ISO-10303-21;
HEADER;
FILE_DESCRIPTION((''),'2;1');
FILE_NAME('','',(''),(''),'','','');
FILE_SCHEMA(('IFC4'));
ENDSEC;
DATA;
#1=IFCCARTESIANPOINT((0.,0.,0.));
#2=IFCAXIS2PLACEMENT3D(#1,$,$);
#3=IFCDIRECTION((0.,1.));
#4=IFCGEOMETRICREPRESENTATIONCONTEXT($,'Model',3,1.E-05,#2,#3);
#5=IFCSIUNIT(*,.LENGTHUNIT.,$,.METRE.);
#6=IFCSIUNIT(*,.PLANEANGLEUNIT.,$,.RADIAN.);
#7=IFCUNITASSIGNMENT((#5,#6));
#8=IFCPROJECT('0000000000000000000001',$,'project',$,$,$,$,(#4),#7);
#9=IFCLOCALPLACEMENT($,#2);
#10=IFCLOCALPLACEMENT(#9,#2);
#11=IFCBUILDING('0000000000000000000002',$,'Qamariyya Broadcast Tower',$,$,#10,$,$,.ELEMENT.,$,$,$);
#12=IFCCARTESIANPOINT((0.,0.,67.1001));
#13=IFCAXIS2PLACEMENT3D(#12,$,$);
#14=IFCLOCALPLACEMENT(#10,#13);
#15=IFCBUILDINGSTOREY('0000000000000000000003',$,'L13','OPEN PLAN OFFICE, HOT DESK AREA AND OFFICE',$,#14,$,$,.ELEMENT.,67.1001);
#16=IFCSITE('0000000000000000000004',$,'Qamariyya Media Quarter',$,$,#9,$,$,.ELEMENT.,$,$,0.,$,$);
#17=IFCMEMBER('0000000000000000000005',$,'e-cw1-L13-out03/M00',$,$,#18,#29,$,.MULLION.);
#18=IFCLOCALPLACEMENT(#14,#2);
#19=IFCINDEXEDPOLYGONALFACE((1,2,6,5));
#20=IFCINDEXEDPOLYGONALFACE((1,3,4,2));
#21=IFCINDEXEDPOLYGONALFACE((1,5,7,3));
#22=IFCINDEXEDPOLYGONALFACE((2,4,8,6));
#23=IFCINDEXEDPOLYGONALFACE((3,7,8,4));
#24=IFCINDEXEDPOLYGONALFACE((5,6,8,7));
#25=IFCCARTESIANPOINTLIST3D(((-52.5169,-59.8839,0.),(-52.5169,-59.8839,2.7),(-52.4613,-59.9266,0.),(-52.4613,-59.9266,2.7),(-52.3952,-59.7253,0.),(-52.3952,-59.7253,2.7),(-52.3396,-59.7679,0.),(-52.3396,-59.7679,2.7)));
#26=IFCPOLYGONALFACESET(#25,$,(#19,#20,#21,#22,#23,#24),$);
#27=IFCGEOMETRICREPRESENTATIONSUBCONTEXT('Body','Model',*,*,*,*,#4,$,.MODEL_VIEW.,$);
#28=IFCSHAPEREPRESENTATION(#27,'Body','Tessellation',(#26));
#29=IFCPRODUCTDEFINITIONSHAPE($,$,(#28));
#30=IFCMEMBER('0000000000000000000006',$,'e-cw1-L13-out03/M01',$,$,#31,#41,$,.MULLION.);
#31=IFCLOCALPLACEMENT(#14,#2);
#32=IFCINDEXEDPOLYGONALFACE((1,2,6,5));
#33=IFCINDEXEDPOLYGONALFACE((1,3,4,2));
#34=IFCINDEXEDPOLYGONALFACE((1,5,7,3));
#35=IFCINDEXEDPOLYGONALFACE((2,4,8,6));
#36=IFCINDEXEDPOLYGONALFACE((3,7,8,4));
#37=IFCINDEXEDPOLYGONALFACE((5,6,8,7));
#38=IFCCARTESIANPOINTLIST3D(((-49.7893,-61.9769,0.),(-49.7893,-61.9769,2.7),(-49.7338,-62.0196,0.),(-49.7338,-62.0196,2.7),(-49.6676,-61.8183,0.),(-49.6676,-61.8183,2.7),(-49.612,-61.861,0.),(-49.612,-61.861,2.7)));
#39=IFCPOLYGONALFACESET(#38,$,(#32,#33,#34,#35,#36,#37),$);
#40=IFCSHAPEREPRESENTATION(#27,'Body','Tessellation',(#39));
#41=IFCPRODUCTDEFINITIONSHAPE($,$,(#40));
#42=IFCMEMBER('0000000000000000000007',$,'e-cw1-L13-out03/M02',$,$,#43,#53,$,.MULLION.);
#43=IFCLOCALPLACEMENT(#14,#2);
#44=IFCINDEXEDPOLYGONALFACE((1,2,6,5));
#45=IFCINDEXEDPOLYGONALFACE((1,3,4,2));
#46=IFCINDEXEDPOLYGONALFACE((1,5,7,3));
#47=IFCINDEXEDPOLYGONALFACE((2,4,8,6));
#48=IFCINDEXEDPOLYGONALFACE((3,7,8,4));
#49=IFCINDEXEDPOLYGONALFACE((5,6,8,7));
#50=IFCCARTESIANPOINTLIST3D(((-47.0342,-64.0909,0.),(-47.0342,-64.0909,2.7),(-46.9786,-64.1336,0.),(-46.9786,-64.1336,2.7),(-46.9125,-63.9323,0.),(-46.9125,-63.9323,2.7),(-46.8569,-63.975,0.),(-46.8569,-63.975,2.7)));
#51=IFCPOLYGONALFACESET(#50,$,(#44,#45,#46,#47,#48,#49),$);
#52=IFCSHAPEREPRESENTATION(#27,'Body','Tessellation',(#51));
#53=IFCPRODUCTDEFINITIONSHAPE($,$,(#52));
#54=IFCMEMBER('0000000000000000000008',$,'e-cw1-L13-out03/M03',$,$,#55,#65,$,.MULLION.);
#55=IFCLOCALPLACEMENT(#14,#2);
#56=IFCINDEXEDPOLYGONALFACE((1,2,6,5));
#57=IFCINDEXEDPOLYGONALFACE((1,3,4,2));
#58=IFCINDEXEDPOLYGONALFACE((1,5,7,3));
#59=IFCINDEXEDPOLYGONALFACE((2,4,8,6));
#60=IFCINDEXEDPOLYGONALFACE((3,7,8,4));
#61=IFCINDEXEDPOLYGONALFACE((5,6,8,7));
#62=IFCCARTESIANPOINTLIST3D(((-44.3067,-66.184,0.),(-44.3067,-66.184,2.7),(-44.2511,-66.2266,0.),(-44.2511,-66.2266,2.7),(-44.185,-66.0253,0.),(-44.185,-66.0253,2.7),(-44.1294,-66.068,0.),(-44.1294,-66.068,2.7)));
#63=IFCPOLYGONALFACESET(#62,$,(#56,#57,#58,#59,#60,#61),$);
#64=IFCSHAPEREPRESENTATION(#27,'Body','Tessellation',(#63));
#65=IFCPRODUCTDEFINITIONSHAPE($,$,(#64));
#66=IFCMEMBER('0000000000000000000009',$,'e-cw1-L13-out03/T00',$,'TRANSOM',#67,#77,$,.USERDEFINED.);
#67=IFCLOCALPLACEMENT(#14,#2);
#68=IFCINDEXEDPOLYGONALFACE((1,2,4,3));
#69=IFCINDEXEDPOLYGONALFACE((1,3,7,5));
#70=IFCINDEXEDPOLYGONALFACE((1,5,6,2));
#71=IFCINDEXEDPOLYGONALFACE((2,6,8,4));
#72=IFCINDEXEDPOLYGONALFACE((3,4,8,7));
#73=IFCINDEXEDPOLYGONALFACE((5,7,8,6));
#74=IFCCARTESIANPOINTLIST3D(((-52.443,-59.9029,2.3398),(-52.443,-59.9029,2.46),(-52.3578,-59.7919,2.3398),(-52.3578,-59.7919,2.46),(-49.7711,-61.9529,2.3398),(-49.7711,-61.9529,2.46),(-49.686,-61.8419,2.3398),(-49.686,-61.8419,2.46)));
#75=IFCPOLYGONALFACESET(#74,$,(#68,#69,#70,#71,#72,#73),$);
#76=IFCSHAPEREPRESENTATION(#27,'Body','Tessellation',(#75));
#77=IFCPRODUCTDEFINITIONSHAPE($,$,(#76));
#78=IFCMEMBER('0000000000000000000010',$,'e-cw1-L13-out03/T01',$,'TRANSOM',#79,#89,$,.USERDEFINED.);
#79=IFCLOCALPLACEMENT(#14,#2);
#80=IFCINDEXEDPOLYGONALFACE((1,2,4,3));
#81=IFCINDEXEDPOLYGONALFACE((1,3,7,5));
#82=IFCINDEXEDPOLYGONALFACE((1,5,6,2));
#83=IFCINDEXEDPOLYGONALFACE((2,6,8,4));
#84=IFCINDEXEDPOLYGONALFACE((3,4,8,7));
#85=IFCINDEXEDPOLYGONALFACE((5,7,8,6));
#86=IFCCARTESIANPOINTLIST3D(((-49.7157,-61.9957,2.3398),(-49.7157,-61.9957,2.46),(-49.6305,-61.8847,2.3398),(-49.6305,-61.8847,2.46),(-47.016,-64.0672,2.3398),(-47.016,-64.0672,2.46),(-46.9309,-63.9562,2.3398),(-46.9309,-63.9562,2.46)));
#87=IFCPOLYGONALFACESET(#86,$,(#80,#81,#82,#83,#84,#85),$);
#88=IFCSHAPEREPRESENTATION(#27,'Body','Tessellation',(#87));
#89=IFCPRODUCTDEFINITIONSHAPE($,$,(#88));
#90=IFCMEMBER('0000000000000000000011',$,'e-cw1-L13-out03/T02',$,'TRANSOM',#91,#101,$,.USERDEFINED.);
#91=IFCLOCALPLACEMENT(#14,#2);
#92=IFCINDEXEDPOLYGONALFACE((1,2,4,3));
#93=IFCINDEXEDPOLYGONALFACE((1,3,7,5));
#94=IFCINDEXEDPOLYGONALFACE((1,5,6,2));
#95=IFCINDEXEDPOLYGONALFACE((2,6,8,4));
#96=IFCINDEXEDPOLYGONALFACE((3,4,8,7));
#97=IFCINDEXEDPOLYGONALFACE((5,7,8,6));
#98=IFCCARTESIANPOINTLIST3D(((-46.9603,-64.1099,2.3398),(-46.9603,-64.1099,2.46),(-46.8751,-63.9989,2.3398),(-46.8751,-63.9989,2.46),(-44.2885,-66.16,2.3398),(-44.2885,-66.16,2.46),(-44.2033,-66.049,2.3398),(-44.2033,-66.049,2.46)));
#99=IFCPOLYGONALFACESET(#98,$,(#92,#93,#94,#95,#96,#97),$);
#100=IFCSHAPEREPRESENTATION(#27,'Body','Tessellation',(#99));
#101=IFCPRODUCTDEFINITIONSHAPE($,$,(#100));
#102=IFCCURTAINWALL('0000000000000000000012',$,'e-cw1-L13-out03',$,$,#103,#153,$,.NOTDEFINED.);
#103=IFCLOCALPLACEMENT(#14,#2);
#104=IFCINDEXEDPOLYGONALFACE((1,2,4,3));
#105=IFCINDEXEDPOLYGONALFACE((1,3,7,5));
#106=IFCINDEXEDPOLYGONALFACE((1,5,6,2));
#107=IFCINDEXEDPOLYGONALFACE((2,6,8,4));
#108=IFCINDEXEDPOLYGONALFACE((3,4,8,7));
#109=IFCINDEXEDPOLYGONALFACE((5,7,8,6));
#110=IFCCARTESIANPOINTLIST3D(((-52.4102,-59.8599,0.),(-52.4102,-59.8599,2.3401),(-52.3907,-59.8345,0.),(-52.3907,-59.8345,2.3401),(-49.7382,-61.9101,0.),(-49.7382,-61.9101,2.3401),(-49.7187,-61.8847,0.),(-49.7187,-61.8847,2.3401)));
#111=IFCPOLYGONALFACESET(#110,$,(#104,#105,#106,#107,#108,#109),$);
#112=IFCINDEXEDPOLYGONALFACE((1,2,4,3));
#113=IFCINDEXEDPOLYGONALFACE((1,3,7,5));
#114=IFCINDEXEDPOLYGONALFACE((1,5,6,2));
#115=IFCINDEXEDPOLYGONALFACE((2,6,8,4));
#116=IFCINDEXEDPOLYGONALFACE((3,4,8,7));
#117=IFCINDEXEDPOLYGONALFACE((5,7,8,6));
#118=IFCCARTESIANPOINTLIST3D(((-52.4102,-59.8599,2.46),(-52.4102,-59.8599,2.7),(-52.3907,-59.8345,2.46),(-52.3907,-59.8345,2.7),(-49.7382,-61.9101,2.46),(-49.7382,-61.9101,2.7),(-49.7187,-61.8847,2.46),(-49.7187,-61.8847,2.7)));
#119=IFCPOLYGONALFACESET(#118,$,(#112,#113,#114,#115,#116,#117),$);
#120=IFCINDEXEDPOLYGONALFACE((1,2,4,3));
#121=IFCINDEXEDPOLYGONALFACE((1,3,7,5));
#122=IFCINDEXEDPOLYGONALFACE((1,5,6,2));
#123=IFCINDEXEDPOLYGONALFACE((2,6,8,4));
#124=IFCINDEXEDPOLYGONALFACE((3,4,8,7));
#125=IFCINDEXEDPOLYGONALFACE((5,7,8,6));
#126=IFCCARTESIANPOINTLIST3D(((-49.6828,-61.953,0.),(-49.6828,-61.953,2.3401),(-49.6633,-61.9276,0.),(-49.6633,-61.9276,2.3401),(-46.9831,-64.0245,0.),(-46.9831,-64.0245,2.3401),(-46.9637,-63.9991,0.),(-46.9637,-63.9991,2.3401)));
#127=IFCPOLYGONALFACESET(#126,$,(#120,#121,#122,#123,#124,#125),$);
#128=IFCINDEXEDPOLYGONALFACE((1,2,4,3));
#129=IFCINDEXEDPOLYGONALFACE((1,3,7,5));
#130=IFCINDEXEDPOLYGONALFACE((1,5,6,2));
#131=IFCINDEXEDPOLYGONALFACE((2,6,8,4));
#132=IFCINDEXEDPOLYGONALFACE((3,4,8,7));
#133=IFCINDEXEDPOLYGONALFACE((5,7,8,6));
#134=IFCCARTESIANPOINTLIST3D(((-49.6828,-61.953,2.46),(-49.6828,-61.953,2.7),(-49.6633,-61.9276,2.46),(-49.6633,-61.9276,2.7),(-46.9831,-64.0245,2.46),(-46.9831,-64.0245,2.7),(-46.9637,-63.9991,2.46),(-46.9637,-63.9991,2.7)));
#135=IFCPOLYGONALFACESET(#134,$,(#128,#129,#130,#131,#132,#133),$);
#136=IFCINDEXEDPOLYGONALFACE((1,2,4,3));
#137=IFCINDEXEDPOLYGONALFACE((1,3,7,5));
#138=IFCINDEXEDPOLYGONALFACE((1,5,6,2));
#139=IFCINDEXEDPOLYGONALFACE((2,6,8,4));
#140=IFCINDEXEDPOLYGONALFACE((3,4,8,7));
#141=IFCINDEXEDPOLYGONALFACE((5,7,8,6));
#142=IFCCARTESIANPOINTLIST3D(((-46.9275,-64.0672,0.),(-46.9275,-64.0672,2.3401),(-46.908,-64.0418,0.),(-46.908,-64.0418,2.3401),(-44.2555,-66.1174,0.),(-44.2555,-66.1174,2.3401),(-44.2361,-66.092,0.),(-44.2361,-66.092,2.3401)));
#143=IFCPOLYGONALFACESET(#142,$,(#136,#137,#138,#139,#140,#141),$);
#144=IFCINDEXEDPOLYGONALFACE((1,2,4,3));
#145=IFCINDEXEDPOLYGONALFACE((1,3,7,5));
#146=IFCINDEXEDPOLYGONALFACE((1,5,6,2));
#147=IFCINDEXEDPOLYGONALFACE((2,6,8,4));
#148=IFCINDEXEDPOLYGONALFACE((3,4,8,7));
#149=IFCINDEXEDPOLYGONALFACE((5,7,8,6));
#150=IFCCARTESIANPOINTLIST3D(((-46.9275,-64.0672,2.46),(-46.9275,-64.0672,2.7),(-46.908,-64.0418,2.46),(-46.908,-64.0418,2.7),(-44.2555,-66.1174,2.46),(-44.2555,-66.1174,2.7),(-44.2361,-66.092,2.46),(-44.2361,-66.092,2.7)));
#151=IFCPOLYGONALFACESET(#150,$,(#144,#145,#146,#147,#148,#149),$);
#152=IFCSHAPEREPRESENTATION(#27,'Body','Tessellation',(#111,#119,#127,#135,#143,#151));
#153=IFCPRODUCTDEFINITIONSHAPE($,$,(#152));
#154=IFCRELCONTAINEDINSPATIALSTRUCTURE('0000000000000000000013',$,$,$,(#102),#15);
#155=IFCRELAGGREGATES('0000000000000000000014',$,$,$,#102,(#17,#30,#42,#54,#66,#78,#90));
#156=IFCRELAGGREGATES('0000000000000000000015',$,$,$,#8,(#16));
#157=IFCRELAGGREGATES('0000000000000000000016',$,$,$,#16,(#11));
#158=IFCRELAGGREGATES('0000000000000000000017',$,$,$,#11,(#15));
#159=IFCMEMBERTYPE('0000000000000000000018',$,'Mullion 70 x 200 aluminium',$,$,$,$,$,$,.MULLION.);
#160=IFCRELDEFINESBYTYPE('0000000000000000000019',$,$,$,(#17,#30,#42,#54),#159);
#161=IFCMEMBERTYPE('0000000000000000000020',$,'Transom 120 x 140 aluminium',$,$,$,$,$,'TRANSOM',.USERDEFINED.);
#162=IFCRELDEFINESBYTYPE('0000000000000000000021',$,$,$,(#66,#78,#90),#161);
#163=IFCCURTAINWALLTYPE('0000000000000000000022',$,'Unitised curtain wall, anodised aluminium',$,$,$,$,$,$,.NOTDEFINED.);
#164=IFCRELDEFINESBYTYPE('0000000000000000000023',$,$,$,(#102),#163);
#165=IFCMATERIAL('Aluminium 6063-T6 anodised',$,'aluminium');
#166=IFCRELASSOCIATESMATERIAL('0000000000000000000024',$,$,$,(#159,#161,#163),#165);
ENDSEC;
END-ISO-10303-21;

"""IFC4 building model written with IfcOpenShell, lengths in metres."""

from ifc_helpers import new_model, si_unit, direction, frame, origin, origin_2d, place, context, subcontext, project, spatial, rectangle, extrude, material, material_profile, profile_set, type_object, element, aggregate, save


model = new_model("IFC4")

# Units and contexts
model_context = context("Model", 3, precision=1e-05, world=origin(), true_north=direction((0.0, 1.0)))
body_context = subcontext(model_context, "Body", "Model", "MODEL_VIEW")
ifc_project = project(units=[si_unit("LENGTHUNIT", "METRE"), si_unit("PLANEANGLEUNIT", "RADIAN")], contexts=[model_context])

# Members
ifc_material = material(Name="Aluminium 6063-T6 anodised", Category="aluminium")
ifc_material_profile_1 = material_profile(ifc_material, rectangle(XDim=0.2, YDim=0.0701, at=origin_2d()))
ifc_profile_set_1 = profile_set([ifc_material_profile_1], Name="Aluminium 6063-T6 anodised")
member_type_1 = type_object("IfcMemberType", Name="Mullion 70 x 200 aluminium", PredefinedType="MULLION", material=ifc_profile_set_1)
site_placement = place(None, origin())
building_placement = place(site_placement, origin())
storey_placement = place(building_placement, frame((0.0, 0.0, 67.1001)))
member_1_placement = place(storey_placement, frame((-52.4282, -59.8259, 0.0), z_axis=(0.0, 0.0, 1.0), x_axis=(0.608761, 0.793353, 0.0)))
member_1 = element("IfcMember", 1, at=member_1_placement, type_object=member_type_1, Name="e-cw1-L13-out03/M00", PredefinedType="MULLION", context=body_context, shape_type="SweptSolid", body=[
    extrude(rectangle(XDim=0.2, YDim=0.0701, at=origin_2d()), origin(), (0.0, 0.0, 1.0), 2.7),
])
member_2_placement = place(storey_placement, frame((-49.7007, -61.9189, 0.0), z_axis=(0.0, 0.0, 1.0), x_axis=(0.608761, 0.793353, 0.0)))
member_2 = element("IfcMember", 2, at=member_2_placement, type_object=member_type_1, Name="e-cw1-L13-out03/M01", PredefinedType="MULLION", context=body_context, shape_type="SweptSolid", body=[
    extrude(rectangle(XDim=0.2, YDim=0.0701, at=origin_2d()), origin(), (0.0, 0.0, 1.0), 2.7),
])
member_3_placement = place(storey_placement, frame((-46.9456, -64.033, 0.0), z_axis=(0.0, 0.0, 1.0), x_axis=(0.608761, 0.793353, 0.0)))
member_3 = element("IfcMember", 3, at=member_3_placement, type_object=member_type_1, Name="e-cw1-L13-out03/M02", PredefinedType="MULLION", context=body_context, shape_type="SweptSolid", body=[
    extrude(rectangle(XDim=0.2, YDim=0.0701, at=origin_2d()), origin(), (0.0, 0.0, 1.0), 2.7),
])
member_4_placement = place(storey_placement, frame((-44.218, -66.126, 0.0), z_axis=(0.0, 0.0, 1.0), x_axis=(0.608761, 0.793353, 0.0)))
member_4 = element("IfcMember", 4, at=member_4_placement, type_object=member_type_1, Name="e-cw1-L13-out03/M03", PredefinedType="MULLION", context=body_context, shape_type="SweptSolid", body=[
    extrude(rectangle(XDim=0.2, YDim=0.0701, at=origin_2d()), origin(), (0.0, 0.0, 1.0), 2.7),
])
ifc_material_profile_2 = material_profile(ifc_material, rectangle(XDim=0.1399, YDim=0.1201, at=origin_2d()))
ifc_profile_set_2 = profile_set([ifc_material_profile_2], Name="Aluminium 6063-T6 anodised")
member_type_2 = type_object("IfcMemberType", Name="Transom 120 x 140 aluminium", ElementType="TRANSOM", PredefinedType="USERDEFINED", material=ifc_profile_set_2)
member_5_placement = place(storey_placement, frame((-52.4004, -59.8474, 2.3999), z_axis=(0.793375, -0.608733, 0.0), x_axis=(0.608733, 0.793375, 0.0)))
member_5 = element("IfcMember", 5, at=member_5_placement, type_object=member_type_2, Name="e-cw1-L13-out03/T00", ObjectType="TRANSOM", PredefinedType="USERDEFINED", context=body_context, shape_type="SweptSolid", body=[
    extrude(rectangle(XDim=0.1399, YDim=0.1201, at=origin_2d()), origin(), (0.0, 0.0, 1.0), 3.3677),
])
member_6_placement = place(storey_placement, frame((-49.6731, -61.9402, 2.3999), z_axis=(0.793357, -0.608757, 0.0), x_axis=(0.608757, 0.793357, 0.0)))
member_6 = element("IfcMember", 6, at=member_6_placement, type_object=member_type_2, Name="e-cw1-L13-out03/T01", ObjectType="TRANSOM", PredefinedType="USERDEFINED", context=body_context, shape_type="SweptSolid", body=[
    extrude(rectangle(XDim=0.1399, YDim=0.1201, at=origin_2d()), origin(), (0.0, 0.0, 1.0), 3.4028),
])
member_7_placement = place(storey_placement, frame((-46.9177, -64.0544, 2.3999), z_axis=(0.793375, -0.608733, 0.0), x_axis=(0.608733, 0.793375, 0.0)))
member_7 = element("IfcMember", 7, at=member_7_placement, type_object=member_type_2, Name="e-cw1-L13-out03/T02", ObjectType="TRANSOM", PredefinedType="USERDEFINED", context=body_context, shape_type="SweptSolid", body=[
    extrude(rectangle(XDim=0.1399, YDim=0.1201, at=origin_2d()), origin(), (0.0, 0.0, 1.0), 3.3677),
])

# Site, building, storey
site = spatial("IfcSite", under=ifc_project, at=site_placement, Name="Qamariyya Media Quarter", CompositionType="ELEMENT", RefElevation=0.0)
building = spatial("IfcBuilding", under=site, at=building_placement, Name="Qamariyya Broadcast Tower", CompositionType="ELEMENT")
storey = spatial("IfcBuildingStorey", under=building, at=storey_placement, Name="L13", Description="OPEN PLAN OFFICE, HOT DESK AREA AND OFFICE", CompositionType="ELEMENT", Elevation=67.1001)

# Curtain wall
curtain_wall_type = type_object("IfcCurtainWallType", Name="Unitised curtain wall, anodised aluminium", PredefinedType="NOTDEFINED", material=ifc_material)
curtain_wall_1_placement = place(storey_placement, origin())
curtain_wall_1 = element("IfcCurtainWall", 8, at=curtain_wall_1_placement, inside=storey, type_object=curtain_wall_type, Name="e-cw1-L13-out03", PredefinedType="NOTDEFINED", context=body_context, shape_type="SweptSolid", body=[
    extrude(rectangle(XDim=3.3679, YDim=0.032, at=origin_2d()), frame((-51.0645, -60.8723, 0.0), x_axis=(0.793358, -0.608756, 0.0)), (0.0, 0.0, 1.0), 2.3401),
    extrude(rectangle(XDim=3.3679, YDim=0.032, at=origin_2d()), frame((-51.0645, -60.8723, 2.46), x_axis=(0.793358, -0.608756, 0.0)), (0.0, 0.0, 1.0), 0.24),
    extrude(rectangle(XDim=3.4028, YDim=0.032, at=origin_2d()), frame((-48.3232, -62.9761, 0.0), x_axis=(0.793358, -0.608756, 0.0)), (0.0, 0.0, 1.0), 2.3401),
    extrude(rectangle(XDim=3.4028, YDim=0.032, at=origin_2d()), frame((-48.3232, -62.9761, 2.46), x_axis=(0.793358, -0.608756, 0.0)), (0.0, 0.0, 1.0), 0.24),
    extrude(rectangle(XDim=3.3679, YDim=0.032, at=origin_2d()), frame((-45.5818, -65.0796, 0.0), x_axis=(0.793358, -0.608756, 0.0)), (0.0, 0.0, 1.0), 2.3401),
    extrude(rectangle(XDim=3.3679, YDim=0.032, at=origin_2d()), frame((-45.5818, -65.0796, 2.46), x_axis=(0.793358, -0.608756, 0.0)), (0.0, 0.0, 1.0), 0.24),
])
aggregate(curtain_wall_1, [member_1, member_2, member_3, member_4, member_5, member_6, member_7])

save(model, "model.ifc")
